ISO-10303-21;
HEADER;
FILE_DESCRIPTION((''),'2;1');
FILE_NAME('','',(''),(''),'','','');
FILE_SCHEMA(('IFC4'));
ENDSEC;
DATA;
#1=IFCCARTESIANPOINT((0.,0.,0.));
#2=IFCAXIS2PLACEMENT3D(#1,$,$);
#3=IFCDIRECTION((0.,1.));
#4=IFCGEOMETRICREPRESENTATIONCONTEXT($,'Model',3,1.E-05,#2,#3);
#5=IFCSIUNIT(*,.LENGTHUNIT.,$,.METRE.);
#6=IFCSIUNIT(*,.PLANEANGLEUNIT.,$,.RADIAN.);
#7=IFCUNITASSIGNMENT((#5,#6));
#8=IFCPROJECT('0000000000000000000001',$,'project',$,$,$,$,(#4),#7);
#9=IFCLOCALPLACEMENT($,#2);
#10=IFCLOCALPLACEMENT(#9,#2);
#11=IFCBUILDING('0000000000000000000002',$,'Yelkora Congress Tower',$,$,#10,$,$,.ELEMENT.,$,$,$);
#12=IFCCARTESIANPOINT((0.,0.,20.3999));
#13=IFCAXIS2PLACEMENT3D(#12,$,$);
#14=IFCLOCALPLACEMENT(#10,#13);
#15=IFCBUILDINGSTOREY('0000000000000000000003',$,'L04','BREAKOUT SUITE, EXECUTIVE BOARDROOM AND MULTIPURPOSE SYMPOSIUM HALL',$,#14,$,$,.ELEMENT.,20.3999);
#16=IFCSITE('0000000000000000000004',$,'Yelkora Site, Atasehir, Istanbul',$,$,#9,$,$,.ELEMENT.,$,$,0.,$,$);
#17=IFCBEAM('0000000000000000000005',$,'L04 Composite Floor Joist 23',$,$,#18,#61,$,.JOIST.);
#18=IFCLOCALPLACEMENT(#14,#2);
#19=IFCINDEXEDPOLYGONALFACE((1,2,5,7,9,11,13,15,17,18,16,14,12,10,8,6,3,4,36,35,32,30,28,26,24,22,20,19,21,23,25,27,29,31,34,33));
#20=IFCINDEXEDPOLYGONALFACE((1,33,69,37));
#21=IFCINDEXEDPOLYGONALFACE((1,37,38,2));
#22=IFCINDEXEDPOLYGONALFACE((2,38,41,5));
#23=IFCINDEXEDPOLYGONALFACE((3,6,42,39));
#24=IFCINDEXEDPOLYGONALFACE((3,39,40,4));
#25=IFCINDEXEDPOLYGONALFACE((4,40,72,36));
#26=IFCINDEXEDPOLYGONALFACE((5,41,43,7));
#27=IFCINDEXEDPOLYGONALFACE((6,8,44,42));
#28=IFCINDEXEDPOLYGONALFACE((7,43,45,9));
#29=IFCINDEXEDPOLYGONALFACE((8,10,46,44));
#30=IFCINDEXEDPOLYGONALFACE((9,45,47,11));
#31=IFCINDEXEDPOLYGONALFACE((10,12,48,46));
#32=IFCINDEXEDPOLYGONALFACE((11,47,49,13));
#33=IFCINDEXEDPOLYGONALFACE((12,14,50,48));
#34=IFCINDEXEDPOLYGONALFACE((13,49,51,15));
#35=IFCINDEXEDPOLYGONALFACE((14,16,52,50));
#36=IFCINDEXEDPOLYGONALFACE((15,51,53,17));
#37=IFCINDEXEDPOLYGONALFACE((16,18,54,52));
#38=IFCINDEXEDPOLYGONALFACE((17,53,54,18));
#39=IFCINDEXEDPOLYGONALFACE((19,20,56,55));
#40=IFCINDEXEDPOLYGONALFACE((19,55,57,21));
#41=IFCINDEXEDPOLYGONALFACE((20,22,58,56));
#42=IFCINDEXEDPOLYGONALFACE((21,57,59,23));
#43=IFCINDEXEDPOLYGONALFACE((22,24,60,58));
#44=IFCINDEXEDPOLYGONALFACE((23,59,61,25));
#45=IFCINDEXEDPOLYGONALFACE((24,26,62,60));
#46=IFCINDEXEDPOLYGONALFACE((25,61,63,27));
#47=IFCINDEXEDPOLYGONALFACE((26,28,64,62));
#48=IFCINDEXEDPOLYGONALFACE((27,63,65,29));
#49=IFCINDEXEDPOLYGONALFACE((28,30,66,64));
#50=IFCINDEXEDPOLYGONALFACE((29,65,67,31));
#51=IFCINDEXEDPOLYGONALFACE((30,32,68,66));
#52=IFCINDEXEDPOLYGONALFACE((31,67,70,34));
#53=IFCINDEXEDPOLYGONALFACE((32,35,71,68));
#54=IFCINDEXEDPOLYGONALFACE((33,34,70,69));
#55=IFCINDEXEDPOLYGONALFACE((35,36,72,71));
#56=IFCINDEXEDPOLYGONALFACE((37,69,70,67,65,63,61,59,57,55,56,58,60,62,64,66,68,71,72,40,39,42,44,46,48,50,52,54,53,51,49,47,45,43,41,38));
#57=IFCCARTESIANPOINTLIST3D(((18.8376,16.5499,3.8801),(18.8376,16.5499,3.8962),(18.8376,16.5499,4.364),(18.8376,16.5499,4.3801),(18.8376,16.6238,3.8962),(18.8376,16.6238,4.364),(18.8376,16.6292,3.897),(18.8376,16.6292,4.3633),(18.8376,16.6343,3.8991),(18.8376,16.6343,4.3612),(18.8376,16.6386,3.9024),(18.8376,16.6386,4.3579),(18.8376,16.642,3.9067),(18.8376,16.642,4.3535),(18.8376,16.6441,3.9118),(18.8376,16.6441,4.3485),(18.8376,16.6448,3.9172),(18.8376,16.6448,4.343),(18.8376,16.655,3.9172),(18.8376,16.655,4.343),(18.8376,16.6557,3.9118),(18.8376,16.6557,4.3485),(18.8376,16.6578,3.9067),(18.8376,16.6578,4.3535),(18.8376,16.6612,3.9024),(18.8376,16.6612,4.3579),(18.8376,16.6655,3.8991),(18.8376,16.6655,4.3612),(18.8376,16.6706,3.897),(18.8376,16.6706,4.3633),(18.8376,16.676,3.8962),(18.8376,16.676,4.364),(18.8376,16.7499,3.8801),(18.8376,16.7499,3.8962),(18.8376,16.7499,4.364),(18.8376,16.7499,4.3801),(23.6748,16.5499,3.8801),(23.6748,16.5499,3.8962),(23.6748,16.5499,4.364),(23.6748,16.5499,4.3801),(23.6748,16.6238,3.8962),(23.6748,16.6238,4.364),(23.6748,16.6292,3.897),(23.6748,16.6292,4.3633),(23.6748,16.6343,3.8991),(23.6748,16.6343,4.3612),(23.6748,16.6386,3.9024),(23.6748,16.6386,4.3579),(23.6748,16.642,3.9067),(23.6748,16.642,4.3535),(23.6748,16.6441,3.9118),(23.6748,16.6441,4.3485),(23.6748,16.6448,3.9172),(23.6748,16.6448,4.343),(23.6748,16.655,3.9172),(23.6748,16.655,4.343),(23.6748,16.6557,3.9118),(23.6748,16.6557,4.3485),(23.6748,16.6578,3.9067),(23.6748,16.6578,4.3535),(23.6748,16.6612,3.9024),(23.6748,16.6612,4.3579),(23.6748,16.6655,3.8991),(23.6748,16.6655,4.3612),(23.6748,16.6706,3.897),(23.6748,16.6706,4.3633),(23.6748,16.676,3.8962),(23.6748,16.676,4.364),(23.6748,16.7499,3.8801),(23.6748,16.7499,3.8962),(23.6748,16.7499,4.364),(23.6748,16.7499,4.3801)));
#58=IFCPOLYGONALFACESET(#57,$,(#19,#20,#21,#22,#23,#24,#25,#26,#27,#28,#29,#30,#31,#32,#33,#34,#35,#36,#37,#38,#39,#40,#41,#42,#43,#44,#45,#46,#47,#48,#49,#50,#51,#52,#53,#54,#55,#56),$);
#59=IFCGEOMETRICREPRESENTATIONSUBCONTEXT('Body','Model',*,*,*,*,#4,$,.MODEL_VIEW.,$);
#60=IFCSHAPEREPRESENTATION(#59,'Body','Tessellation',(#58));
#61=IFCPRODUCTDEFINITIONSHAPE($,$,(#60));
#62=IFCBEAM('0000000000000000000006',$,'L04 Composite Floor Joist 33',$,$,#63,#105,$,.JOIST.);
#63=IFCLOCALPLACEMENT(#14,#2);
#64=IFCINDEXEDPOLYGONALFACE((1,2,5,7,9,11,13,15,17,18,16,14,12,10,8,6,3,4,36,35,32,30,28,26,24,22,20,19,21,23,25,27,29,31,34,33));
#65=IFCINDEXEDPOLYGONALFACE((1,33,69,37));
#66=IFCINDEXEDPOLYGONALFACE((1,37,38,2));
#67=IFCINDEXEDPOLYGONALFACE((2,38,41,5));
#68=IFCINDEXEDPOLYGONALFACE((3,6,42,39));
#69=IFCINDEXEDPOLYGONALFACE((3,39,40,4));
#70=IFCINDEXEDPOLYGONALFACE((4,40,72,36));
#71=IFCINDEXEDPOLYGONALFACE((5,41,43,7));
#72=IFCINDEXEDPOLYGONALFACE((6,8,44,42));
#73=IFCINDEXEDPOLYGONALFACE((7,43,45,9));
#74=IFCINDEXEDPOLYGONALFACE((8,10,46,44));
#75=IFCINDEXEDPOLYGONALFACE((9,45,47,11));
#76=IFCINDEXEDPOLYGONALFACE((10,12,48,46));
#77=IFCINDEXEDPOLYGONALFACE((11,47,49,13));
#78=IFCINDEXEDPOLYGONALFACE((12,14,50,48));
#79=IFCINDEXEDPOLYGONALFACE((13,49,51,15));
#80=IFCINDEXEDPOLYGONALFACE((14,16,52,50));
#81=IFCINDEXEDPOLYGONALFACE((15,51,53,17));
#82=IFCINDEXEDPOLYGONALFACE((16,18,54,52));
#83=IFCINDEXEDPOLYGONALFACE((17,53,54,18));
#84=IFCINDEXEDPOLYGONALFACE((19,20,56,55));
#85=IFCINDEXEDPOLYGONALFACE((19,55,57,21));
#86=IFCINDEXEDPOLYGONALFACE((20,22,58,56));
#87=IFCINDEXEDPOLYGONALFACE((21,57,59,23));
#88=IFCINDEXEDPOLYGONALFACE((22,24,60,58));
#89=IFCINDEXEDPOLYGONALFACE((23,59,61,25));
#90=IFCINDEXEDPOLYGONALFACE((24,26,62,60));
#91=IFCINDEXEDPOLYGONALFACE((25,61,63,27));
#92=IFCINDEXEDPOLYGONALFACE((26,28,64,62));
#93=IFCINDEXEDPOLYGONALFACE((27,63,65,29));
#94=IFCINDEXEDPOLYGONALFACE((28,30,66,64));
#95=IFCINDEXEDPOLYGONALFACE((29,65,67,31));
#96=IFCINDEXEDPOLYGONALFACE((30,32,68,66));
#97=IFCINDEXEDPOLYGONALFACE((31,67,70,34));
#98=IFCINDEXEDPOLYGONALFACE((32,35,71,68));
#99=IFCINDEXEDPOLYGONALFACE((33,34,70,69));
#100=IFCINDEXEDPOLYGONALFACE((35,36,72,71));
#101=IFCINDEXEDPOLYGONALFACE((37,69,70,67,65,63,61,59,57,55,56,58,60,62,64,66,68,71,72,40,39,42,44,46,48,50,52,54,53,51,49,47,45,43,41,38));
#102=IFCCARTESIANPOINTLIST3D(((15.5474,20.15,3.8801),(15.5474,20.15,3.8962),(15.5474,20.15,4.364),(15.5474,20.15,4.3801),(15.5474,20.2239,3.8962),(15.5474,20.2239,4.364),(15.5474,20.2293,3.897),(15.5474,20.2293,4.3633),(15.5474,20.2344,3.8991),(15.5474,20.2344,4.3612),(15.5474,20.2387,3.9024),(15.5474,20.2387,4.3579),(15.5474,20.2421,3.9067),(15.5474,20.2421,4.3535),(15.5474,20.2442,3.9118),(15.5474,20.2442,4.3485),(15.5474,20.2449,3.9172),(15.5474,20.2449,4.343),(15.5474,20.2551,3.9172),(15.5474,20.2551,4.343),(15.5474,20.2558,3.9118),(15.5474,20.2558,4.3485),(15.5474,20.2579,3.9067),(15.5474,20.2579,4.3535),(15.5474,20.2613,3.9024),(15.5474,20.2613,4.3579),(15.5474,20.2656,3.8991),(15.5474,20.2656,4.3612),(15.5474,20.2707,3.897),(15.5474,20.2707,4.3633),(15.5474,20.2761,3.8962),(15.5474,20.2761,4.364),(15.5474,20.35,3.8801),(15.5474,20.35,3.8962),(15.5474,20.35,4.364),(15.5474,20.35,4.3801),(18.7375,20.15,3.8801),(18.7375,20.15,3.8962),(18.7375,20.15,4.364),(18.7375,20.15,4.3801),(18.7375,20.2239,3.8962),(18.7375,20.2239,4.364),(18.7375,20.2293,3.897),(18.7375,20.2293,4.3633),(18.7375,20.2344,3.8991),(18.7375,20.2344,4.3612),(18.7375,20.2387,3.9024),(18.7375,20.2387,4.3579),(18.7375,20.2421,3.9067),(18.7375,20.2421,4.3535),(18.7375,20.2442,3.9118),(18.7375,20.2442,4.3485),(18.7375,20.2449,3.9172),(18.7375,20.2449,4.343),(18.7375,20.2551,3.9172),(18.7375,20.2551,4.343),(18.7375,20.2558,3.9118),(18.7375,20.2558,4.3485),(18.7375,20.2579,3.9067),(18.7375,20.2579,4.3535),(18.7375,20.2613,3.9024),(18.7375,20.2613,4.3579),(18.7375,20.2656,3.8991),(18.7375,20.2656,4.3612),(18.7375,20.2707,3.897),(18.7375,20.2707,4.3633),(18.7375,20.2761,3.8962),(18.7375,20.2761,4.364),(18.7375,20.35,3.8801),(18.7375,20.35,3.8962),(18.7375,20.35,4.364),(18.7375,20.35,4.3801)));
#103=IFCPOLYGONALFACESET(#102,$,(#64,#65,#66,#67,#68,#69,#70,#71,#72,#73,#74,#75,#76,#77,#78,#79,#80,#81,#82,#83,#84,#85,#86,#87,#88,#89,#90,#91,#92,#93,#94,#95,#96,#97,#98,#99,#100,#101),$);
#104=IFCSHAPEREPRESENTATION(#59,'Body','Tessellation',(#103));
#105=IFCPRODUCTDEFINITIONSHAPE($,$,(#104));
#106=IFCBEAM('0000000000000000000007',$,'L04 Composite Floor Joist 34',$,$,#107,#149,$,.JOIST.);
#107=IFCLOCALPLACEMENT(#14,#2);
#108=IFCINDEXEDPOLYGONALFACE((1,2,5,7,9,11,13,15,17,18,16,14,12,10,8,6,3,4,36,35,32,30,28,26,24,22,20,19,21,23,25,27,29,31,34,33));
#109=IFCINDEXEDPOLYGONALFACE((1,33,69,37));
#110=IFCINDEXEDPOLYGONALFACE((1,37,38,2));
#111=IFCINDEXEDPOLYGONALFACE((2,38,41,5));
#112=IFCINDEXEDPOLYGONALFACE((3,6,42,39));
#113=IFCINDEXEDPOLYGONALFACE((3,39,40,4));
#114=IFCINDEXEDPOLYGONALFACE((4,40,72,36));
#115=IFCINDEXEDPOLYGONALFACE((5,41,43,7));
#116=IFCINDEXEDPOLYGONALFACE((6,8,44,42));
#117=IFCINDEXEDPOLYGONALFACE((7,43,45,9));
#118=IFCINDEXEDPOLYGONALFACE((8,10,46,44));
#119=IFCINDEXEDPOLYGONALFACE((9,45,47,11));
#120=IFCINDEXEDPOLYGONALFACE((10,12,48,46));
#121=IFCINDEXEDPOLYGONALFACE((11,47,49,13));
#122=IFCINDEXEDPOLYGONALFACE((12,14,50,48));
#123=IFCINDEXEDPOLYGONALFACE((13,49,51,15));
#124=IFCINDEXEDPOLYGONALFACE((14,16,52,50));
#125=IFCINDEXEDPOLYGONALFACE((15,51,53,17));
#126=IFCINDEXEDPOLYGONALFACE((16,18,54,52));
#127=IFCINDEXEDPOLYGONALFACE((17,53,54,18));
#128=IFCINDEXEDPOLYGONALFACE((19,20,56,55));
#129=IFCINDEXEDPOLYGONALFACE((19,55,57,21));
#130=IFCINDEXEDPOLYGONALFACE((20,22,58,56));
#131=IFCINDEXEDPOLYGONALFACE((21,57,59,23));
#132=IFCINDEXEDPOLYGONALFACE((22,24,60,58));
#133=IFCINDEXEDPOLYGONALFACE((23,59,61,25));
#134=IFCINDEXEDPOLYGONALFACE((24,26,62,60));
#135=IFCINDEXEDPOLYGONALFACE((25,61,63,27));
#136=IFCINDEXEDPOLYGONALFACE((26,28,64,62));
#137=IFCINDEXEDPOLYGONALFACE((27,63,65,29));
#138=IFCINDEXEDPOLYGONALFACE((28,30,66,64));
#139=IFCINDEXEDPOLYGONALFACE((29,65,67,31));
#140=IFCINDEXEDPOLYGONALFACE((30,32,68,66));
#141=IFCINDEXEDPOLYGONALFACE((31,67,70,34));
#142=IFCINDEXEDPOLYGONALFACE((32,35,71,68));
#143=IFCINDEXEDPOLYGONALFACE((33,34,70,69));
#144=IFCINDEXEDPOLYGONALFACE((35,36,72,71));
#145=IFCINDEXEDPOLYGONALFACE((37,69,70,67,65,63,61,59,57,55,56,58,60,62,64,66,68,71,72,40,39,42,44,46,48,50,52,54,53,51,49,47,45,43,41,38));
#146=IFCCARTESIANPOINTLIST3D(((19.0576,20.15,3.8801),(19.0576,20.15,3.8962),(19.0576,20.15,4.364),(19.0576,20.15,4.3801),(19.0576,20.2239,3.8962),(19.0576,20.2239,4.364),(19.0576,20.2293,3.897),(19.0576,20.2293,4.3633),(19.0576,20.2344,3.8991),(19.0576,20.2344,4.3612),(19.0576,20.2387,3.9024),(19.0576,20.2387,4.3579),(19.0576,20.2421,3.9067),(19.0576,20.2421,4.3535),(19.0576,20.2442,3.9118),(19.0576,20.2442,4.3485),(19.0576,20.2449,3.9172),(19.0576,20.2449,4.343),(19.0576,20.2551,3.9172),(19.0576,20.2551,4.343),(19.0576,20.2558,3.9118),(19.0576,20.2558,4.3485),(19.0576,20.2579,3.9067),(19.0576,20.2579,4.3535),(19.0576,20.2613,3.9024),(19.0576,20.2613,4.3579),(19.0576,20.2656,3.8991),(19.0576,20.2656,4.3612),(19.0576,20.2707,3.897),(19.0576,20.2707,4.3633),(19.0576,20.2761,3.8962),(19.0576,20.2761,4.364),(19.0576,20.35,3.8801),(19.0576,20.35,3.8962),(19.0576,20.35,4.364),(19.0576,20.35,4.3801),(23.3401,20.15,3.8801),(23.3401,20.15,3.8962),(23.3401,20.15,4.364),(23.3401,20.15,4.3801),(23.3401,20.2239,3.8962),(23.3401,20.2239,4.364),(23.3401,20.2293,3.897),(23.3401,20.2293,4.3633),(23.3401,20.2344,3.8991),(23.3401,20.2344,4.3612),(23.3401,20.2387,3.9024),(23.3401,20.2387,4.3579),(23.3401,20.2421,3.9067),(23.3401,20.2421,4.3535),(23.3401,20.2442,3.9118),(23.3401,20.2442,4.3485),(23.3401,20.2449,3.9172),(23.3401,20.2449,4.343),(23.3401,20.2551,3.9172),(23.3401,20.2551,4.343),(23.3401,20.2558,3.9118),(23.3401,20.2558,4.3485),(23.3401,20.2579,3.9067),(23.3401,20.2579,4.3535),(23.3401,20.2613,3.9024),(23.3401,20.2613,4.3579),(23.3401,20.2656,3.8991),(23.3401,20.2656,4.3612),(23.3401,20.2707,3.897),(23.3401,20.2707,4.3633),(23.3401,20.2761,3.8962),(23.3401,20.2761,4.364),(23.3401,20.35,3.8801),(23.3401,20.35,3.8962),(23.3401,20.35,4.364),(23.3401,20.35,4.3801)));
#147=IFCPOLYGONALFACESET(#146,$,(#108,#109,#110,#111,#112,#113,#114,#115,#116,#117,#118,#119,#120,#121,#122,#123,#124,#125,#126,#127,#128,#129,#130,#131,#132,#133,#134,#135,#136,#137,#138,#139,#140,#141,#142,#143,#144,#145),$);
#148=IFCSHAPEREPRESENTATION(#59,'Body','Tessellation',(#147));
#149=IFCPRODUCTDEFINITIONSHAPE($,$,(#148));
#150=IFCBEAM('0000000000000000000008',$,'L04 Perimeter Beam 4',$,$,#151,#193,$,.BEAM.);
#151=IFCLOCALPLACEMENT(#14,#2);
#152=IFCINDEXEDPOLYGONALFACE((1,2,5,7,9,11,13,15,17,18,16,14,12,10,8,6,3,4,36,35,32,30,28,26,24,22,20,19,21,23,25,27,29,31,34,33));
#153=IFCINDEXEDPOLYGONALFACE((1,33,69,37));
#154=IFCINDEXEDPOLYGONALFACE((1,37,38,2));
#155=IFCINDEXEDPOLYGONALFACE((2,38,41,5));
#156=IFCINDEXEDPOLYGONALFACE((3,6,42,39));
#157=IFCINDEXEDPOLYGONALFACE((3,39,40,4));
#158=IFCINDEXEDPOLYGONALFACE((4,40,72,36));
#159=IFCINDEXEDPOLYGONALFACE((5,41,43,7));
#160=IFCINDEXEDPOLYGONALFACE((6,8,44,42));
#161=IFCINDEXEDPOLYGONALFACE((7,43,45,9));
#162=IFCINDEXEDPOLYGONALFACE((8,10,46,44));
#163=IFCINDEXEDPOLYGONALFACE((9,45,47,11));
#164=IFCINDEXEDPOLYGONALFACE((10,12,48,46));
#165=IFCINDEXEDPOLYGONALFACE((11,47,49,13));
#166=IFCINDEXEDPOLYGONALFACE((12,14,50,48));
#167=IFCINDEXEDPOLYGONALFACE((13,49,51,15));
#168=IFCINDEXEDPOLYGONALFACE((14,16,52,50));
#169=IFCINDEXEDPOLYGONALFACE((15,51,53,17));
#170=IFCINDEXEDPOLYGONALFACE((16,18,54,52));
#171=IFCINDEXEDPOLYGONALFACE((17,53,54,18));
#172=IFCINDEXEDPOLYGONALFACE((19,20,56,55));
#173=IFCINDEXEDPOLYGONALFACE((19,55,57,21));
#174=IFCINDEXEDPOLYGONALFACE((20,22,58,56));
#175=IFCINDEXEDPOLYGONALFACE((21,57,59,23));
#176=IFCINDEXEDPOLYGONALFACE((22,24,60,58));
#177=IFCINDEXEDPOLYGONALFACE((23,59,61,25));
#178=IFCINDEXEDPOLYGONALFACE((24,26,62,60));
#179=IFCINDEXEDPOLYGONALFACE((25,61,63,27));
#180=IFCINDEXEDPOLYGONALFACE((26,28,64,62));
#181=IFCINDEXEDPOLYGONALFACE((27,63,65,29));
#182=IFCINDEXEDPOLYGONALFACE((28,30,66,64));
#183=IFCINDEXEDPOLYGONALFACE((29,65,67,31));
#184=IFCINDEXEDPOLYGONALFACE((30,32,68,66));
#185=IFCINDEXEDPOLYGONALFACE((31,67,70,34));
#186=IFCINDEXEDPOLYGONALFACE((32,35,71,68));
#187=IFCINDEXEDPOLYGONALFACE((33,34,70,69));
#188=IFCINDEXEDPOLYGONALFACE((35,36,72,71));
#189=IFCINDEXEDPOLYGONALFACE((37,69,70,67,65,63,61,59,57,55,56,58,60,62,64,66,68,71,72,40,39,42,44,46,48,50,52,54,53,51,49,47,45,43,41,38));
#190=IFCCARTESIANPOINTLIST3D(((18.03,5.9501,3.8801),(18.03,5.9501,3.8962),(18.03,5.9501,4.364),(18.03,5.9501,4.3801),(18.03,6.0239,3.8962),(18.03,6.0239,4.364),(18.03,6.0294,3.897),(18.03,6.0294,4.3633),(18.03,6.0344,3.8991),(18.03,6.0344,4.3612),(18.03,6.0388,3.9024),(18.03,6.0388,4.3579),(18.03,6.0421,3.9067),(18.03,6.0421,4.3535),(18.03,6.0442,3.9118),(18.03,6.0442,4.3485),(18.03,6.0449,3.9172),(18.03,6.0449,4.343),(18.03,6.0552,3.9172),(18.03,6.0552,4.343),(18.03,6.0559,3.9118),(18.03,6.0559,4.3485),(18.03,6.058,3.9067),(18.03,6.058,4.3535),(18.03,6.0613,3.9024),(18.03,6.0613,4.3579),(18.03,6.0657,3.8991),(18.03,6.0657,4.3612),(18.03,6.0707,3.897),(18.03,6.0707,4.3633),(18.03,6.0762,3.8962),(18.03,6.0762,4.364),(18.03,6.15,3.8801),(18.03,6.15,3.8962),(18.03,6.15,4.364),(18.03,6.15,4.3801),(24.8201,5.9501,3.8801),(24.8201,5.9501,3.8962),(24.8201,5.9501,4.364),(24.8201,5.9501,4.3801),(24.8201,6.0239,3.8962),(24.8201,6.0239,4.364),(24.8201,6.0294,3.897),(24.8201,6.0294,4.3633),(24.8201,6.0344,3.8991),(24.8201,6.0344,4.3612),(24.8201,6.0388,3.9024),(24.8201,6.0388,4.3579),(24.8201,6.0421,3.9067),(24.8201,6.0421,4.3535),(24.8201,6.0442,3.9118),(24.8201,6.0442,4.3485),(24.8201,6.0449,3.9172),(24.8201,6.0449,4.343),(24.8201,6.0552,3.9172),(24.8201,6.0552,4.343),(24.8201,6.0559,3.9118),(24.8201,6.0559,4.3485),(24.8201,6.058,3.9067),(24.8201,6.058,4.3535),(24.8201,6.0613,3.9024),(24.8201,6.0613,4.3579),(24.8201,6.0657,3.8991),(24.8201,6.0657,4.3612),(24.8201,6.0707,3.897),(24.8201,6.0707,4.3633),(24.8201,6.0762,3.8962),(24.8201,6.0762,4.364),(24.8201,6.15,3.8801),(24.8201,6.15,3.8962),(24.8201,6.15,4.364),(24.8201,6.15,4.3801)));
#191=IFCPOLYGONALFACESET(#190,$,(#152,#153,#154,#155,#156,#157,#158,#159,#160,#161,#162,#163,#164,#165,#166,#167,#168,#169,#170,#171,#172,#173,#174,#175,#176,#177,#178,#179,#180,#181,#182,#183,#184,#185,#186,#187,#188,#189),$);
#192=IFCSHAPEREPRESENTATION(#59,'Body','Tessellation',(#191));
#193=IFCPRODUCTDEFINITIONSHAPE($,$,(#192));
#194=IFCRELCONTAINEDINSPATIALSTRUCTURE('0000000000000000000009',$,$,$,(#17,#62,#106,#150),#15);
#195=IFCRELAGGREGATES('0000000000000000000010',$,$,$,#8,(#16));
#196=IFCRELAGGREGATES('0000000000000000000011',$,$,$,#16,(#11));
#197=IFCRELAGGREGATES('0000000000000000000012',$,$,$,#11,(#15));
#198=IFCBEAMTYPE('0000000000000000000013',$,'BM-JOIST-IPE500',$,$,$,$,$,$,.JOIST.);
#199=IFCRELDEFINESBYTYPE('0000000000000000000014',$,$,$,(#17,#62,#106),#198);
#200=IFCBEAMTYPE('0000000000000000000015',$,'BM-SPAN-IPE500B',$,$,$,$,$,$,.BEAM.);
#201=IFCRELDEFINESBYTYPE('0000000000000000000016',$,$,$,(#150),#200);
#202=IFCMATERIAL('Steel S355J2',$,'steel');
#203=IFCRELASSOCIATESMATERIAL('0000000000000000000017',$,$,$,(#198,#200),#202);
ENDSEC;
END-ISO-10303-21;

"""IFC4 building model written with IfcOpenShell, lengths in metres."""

from ifc_helpers import new_model, si_unit, direction, frame, origin, origin_2d, place, context, subcontext, project, spatial, i_section, extrude, material, material_profile, profile_set, type_object, element, save


model = new_model("IFC4")

# Units and contexts
model_context = context("Model", 3, precision=1e-05, world=origin(), true_north=direction((0.0, 1.0)))
body_context = subcontext(model_context, "Body", "Model", "MODEL_VIEW")
ifc_project = project(units=[si_unit("LENGTHUNIT", "METRE"), si_unit("PLANEANGLEUNIT", "RADIAN")], contexts=[model_context])

# Site, building, storey
site_placement = place(None, origin())
site = spatial("IfcSite", under=ifc_project, at=site_placement, Name="Yelkora Site, Atasehir, Istanbul", CompositionType="ELEMENT", RefElevation=0.0)
building_placement = place(site_placement, origin())
building = spatial("IfcBuilding", under=site, at=building_placement, Name="Yelkora Congress Tower", CompositionType="ELEMENT")
storey_placement = place(building_placement, frame((0.0, 0.0, 20.3999)))
storey = spatial("IfcBuildingStorey", under=building, at=storey_placement, Name="L04", Description="BREAKOUT SUITE, EXECUTIVE BOARDROOM AND MULTIPURPOSE SYMPOSIUM HALL", CompositionType="ELEMENT", Elevation=20.3999)

# Beams
ifc_material_1 = material(Name="Steel S355J2", Category="steel")
ifc_material_profile_1 = material_profile(ifc_material_1, i_section(OverallWidth=0.2, OverallDepth=0.5, WebThickness=0.0103, FlangeThickness=0.0161, FilletRadius=0.021, at=origin_2d()), Name="IPE 500")
ifc_profile_set_1 = profile_set([ifc_material_profile_1], Name="Steel S355J2")
beam_type_1 = type_object("IfcBeamType", Name="BM-JOIST-IPE500", PredefinedType="JOIST", material=ifc_profile_set_1)
beam_1_placement = place(storey_placement, frame((18.8376, 16.6499, 4.1301), z_axis=(1.0, 0.0, 0.0), x_axis=(0.0, 1.0, 0.0)))
element("IfcBeam", 1, at=beam_1_placement, inside=storey, type_object=beam_type_1, Name="L04 Composite Floor Joist 23", PredefinedType="JOIST", context=body_context, shape_type="SweptSolid", body=[
    extrude(i_section(OverallWidth=0.2, OverallDepth=0.5, WebThickness=0.0103, FlangeThickness=0.0161, FilletRadius=0.021, at=origin_2d()), origin(), (0.0, 0.0, 1.0), 4.8372),
])
beam_2_placement = place(storey_placement, frame((15.5474, 20.25, 4.1301), z_axis=(1.0, 0.0, 0.0), x_axis=(0.0, 1.0, 0.0)))
element("IfcBeam", 2, at=beam_2_placement, inside=storey, type_object=beam_type_1, Name="L04 Composite Floor Joist 33", PredefinedType="JOIST", context=body_context, shape_type="SweptSolid", body=[
    extrude(i_section(OverallWidth=0.2, OverallDepth=0.5, WebThickness=0.0103, FlangeThickness=0.0161, FilletRadius=0.021, at=origin_2d()), origin(), (0.0, 0.0, 1.0), 3.1902),
])
beam_3_placement = place(storey_placement, frame((19.0576, 20.25, 4.1301), z_axis=(1.0, 0.0, 0.0), x_axis=(0.0, 1.0, 0.0)))
element("IfcBeam", 3, at=beam_3_placement, inside=storey, type_object=beam_type_1, Name="L04 Composite Floor Joist 34", PredefinedType="JOIST", context=body_context, shape_type="SweptSolid", body=[
    extrude(i_section(OverallWidth=0.2, OverallDepth=0.5, WebThickness=0.0103, FlangeThickness=0.0161, FilletRadius=0.021, at=origin_2d()), origin(), (0.0, 0.0, 1.0), 4.2825),
])
ifc_material_profile_2 = material_profile(ifc_material_1, i_section(OverallWidth=0.2, OverallDepth=0.5, WebThickness=0.0103, FlangeThickness=0.0161, FilletRadius=0.021, at=origin_2d()), Name="IPE 500")
ifc_profile_set_2 = profile_set([ifc_material_profile_2], Name="Steel S355J2")
beam_type_2 = type_object("IfcBeamType", Name="BM-SPAN-IPE500B", PredefinedType="BEAM", material=ifc_profile_set_2)
beam_4_placement = place(storey_placement, frame((18.03, 6.05, 4.1301), z_axis=(1.0, 0.0, 0.0), x_axis=(0.0, 1.0, 0.0)))
element("IfcBeam", 4, at=beam_4_placement, inside=storey, type_object=beam_type_2, Name="L04 Perimeter Beam 4", PredefinedType="BEAM", context=body_context, shape_type="SweptSolid", body=[
    extrude(i_section(OverallWidth=0.2, OverallDepth=0.5, WebThickness=0.0103, FlangeThickness=0.0161, FilletRadius=0.021, at=origin_2d()), origin(), (0.0, 0.0, 1.0), 6.79),
])

save(model, "model.ifc")
